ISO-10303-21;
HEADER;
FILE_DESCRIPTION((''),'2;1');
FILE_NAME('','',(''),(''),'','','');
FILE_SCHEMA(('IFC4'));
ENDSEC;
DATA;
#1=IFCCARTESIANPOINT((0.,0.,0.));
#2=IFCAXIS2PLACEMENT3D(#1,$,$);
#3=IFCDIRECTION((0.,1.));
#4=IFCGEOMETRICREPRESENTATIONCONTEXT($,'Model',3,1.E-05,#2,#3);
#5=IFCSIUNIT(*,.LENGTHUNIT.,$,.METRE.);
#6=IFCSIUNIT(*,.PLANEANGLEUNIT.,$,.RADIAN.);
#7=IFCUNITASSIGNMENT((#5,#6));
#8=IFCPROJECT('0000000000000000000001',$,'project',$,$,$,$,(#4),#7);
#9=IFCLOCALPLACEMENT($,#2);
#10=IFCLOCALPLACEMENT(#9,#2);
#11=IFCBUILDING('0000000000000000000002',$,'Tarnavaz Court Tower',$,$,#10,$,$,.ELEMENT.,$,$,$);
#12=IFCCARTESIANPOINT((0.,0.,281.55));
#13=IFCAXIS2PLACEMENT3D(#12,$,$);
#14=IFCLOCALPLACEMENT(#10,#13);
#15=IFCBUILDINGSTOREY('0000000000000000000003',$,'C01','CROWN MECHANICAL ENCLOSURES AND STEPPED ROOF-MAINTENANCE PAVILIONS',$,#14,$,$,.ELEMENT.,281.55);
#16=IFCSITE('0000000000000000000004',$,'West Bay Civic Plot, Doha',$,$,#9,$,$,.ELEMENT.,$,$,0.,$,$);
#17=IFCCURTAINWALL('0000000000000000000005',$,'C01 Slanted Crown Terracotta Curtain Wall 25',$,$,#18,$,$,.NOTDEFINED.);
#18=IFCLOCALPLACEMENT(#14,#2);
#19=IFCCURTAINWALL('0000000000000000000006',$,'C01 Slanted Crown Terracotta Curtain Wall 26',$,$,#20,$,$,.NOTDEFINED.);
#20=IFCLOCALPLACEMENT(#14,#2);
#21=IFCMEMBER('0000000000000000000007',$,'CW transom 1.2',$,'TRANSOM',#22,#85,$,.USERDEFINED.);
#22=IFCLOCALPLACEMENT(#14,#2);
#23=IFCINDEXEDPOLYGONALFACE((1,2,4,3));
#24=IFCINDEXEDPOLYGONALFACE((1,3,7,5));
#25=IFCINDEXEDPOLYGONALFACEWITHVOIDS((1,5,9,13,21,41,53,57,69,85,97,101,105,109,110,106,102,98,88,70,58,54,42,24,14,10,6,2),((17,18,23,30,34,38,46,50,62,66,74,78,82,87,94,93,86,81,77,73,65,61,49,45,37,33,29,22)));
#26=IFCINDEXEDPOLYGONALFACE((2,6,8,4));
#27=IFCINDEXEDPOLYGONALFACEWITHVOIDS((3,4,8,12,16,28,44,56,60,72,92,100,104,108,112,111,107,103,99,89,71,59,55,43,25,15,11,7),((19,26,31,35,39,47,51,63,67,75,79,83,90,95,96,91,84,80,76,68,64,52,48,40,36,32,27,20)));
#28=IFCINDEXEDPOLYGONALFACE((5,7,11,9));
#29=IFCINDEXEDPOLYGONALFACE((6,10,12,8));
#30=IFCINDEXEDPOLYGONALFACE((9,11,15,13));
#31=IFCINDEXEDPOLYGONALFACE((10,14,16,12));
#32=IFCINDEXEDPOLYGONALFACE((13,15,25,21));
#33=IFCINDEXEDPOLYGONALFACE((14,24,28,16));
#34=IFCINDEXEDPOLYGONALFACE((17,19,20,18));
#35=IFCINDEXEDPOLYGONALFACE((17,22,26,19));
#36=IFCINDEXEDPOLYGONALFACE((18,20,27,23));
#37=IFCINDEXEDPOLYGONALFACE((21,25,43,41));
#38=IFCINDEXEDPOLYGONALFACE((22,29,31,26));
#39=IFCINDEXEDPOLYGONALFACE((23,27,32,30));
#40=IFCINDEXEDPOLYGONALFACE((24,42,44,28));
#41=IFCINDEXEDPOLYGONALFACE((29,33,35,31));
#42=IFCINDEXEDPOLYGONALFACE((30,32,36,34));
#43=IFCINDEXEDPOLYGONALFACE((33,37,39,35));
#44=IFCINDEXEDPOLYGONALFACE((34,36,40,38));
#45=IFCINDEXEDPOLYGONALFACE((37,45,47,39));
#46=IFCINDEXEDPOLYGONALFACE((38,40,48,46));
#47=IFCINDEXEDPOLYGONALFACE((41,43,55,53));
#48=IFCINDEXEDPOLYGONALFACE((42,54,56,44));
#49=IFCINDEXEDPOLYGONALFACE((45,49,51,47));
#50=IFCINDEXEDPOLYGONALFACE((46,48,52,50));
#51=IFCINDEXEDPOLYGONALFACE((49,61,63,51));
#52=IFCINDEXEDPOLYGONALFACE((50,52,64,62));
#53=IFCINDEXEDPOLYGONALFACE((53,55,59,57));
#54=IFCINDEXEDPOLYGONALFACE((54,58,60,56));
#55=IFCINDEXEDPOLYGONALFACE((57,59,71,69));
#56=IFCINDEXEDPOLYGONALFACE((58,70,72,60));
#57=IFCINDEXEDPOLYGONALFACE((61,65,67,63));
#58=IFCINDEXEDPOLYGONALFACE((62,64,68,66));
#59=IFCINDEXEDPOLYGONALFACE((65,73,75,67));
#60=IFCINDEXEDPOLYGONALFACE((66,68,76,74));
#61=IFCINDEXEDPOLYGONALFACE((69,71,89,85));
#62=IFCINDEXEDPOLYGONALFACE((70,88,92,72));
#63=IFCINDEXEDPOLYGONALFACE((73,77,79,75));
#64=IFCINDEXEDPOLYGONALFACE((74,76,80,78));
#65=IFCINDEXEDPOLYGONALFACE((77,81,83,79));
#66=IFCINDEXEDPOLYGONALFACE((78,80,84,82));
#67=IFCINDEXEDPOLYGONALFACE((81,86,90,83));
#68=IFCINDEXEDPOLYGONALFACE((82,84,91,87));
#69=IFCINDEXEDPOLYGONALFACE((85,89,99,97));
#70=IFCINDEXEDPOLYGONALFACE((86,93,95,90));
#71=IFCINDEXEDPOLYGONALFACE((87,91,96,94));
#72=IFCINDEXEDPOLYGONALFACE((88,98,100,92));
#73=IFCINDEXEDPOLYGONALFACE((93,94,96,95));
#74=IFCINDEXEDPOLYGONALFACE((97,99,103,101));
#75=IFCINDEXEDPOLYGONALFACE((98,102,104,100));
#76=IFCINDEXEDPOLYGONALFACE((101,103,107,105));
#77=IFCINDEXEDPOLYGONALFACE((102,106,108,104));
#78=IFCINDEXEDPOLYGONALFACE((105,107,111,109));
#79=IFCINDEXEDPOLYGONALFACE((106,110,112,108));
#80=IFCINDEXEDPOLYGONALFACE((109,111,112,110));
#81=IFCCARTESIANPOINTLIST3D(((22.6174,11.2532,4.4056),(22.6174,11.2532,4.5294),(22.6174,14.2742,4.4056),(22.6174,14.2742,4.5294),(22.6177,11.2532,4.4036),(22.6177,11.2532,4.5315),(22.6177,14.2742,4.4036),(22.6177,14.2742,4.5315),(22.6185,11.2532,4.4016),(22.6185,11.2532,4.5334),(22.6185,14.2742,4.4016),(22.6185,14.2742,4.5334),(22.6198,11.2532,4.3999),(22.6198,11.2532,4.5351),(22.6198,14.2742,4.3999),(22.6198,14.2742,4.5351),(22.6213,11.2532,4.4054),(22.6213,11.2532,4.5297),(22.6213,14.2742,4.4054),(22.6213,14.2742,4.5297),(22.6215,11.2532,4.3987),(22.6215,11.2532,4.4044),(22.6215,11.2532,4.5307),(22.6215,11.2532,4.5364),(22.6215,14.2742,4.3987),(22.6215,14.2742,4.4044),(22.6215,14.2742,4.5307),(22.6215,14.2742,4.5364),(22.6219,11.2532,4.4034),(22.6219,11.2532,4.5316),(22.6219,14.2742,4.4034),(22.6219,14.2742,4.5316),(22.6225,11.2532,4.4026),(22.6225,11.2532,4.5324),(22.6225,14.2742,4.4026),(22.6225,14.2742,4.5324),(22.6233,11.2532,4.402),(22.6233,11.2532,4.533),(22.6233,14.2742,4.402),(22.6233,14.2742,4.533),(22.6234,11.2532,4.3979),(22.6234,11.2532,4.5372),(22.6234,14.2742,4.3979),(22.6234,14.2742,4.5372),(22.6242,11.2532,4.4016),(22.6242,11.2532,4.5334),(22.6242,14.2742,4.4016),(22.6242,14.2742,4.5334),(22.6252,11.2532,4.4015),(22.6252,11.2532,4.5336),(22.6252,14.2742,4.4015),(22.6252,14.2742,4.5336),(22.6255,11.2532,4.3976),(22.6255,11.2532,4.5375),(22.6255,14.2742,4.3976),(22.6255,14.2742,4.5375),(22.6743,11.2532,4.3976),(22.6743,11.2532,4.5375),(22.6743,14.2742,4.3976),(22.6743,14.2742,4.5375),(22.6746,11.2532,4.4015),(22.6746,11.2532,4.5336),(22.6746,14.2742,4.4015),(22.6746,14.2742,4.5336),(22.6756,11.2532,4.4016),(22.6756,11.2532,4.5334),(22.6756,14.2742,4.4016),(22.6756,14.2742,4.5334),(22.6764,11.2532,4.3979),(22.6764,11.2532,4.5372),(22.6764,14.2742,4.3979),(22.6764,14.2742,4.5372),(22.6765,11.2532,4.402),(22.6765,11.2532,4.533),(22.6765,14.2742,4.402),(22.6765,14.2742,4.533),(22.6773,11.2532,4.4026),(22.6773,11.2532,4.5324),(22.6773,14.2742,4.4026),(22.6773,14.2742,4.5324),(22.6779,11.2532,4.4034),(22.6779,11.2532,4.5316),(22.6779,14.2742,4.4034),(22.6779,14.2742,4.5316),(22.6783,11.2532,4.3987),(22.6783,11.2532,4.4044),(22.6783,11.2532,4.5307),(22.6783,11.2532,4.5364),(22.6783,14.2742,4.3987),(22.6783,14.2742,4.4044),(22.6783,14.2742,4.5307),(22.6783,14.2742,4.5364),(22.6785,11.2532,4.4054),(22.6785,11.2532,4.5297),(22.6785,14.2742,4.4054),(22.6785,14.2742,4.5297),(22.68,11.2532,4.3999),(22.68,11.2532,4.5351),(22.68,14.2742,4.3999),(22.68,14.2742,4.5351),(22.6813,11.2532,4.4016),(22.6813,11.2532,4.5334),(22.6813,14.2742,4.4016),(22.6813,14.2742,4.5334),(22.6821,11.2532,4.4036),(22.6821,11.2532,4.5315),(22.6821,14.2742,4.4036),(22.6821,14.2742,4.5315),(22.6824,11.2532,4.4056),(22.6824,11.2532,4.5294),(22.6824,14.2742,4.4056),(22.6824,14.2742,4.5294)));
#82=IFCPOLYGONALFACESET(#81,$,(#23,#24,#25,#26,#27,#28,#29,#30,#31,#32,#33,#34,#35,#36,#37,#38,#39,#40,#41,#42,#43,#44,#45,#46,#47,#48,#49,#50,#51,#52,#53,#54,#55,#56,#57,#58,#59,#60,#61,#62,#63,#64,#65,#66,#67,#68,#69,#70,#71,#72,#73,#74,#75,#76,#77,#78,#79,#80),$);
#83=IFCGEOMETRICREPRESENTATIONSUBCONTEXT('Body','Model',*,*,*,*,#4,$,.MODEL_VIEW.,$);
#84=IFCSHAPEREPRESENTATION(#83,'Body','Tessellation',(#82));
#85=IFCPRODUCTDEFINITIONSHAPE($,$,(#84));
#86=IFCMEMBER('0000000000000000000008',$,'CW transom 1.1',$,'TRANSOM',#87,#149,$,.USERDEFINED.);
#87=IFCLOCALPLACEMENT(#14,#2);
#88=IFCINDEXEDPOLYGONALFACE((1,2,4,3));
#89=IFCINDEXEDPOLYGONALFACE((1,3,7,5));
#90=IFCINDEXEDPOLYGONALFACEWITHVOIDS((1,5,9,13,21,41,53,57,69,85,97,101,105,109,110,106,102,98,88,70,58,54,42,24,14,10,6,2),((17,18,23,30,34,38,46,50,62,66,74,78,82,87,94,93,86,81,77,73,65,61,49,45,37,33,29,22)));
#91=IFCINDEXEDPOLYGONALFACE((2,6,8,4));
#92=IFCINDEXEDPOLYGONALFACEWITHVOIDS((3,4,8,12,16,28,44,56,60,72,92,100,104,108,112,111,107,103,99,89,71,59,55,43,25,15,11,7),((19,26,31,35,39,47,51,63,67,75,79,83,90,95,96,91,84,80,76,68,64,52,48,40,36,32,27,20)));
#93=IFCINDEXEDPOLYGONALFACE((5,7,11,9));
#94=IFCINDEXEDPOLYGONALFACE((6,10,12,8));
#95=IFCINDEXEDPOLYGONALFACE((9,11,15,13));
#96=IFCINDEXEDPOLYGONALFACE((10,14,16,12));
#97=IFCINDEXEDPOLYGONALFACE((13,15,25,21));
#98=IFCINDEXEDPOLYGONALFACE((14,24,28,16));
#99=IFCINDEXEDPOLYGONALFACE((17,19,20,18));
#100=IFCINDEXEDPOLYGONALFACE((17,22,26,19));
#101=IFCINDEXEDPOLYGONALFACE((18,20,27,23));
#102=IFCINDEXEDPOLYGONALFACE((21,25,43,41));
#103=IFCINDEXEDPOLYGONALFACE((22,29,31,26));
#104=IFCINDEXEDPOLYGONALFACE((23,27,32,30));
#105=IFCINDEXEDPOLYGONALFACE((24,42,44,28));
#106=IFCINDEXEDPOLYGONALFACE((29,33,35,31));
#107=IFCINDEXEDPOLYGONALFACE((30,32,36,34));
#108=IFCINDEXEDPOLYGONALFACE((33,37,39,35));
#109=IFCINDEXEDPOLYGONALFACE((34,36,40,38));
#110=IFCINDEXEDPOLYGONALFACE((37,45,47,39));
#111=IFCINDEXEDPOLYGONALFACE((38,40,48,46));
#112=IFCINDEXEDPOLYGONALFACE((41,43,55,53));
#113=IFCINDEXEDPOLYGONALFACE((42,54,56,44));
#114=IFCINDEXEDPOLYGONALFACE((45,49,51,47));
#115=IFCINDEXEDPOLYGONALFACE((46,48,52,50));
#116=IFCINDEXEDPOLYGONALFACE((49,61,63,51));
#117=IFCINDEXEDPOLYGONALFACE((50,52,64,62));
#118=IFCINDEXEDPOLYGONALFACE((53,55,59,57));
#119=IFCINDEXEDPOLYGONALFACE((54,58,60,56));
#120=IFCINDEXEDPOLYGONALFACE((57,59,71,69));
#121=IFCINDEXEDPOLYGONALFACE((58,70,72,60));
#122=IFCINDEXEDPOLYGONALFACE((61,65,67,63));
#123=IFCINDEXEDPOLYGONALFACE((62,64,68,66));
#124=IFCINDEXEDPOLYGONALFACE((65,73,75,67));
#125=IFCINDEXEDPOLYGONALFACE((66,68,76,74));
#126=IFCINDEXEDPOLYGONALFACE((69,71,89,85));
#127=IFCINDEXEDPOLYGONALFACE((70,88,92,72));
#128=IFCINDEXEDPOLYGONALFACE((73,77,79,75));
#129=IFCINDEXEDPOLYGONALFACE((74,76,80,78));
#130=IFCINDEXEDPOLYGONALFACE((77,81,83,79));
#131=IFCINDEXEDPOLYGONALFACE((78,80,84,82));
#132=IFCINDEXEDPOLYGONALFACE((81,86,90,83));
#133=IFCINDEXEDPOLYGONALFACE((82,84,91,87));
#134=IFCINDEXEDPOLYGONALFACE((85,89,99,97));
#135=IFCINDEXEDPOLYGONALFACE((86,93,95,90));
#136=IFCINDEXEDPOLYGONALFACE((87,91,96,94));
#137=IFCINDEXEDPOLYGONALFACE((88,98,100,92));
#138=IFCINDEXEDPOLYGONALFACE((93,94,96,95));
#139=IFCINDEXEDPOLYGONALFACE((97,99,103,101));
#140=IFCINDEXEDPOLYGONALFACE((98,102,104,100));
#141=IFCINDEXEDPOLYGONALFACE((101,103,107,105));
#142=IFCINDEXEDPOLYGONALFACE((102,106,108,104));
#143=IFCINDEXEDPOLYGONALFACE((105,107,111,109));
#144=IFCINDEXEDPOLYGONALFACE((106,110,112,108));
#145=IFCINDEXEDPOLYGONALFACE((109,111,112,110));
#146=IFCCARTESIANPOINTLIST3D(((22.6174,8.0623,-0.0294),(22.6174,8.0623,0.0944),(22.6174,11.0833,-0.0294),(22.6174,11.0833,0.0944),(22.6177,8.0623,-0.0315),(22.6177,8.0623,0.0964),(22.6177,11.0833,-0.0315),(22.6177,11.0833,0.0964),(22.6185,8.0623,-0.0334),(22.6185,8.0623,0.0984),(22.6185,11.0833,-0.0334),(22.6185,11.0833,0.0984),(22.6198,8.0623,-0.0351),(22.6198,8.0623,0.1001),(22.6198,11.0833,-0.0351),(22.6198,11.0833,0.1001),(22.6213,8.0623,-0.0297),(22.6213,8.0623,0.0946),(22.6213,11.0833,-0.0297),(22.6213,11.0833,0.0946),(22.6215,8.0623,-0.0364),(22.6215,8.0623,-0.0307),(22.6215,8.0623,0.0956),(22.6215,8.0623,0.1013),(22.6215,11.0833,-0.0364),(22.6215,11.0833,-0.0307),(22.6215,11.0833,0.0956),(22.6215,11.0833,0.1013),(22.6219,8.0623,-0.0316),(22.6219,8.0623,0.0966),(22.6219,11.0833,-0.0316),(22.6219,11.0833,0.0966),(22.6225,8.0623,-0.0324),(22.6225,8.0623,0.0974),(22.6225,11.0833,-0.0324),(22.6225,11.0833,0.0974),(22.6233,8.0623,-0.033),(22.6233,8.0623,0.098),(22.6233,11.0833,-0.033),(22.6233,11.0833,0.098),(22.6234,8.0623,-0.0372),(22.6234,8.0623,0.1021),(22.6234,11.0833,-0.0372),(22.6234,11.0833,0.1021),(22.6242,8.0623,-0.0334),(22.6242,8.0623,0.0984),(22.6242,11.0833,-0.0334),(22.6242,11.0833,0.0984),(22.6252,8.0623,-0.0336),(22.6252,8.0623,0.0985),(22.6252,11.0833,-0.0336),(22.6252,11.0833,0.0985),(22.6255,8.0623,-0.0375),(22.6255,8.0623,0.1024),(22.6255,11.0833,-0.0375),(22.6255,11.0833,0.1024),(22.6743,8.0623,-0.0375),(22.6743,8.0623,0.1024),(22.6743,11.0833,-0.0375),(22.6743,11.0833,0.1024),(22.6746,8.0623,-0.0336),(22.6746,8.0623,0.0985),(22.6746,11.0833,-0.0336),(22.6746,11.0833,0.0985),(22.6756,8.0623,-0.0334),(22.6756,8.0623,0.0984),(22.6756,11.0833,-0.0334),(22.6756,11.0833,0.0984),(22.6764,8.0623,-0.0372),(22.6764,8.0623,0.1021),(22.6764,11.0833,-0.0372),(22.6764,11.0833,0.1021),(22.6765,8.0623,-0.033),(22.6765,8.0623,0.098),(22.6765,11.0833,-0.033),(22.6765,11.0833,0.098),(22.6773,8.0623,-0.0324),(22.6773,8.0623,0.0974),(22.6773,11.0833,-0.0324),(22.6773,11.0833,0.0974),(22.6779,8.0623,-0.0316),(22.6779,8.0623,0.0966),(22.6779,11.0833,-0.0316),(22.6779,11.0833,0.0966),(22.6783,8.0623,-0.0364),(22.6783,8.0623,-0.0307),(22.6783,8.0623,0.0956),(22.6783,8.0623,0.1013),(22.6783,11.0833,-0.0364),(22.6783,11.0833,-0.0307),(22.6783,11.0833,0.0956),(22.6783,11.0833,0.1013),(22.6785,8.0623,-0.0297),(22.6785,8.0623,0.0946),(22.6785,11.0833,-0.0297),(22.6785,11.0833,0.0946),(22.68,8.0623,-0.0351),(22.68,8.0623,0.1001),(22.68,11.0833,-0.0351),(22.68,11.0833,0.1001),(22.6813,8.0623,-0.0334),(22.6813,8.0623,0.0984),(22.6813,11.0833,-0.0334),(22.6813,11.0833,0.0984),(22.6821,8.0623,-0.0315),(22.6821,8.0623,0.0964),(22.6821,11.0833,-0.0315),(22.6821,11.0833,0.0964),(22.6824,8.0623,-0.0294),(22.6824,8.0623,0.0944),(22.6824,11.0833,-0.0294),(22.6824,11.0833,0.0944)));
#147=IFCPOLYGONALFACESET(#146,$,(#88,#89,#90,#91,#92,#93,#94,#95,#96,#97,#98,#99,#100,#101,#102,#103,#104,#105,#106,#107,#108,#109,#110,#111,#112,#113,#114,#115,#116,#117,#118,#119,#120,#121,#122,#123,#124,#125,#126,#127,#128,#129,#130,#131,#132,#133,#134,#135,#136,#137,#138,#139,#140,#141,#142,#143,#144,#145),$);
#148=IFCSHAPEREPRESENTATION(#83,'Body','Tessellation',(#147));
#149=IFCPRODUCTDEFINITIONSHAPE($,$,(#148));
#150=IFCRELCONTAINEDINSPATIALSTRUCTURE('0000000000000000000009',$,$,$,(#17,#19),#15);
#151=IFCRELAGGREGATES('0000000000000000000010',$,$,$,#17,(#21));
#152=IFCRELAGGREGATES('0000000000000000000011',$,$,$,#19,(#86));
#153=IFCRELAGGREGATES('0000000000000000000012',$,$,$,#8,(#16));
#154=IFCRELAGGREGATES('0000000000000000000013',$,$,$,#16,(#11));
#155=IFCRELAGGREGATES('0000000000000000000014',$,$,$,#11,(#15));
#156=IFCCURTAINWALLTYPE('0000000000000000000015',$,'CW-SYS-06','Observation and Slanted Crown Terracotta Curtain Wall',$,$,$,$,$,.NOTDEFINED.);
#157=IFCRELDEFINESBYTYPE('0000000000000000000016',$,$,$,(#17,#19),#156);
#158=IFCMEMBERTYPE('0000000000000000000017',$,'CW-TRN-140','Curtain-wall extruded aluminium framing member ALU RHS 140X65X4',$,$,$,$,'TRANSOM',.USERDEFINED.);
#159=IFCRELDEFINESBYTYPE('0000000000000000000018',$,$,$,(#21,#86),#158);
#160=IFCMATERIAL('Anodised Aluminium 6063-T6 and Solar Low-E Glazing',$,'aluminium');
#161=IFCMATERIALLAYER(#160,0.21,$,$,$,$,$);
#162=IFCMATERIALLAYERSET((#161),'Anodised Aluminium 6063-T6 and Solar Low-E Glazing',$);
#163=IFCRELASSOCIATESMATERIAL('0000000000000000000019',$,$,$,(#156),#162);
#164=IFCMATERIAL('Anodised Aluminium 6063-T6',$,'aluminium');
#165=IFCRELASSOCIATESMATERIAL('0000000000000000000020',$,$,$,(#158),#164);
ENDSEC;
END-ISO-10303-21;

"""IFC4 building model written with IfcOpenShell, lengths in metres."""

from ifc_helpers import new_model, si_unit, direction, frame, origin, origin_2d, place, context, subcontext, project, spatial, hollow_rectangle, extrude, material, layer, layer_set, material_profile, profile_set, type_object, element, aggregate, save


model = new_model("IFC4")

# Units and contexts
model_context = context("Model", 3, precision=1e-05, world=origin(), true_north=direction((0.0, 1.0)))
body_context = subcontext(model_context, "Body", "Model", "MODEL_VIEW")
ifc_project = project(units=[si_unit("LENGTHUNIT", "METRE"), si_unit("PLANEANGLEUNIT", "RADIAN")], contexts=[model_context])

# Site, building, storey
site_placement = place(None, origin())
site = spatial("IfcSite", under=ifc_project, at=site_placement, Name="West Bay Civic Plot, Doha", CompositionType="ELEMENT", RefElevation=0.0)
building_placement = place(site_placement, origin())
building = spatial("IfcBuilding", under=site, at=building_placement, Name="Tarnavaz Court Tower", CompositionType="ELEMENT")
storey_placement = place(building_placement, frame((0.0, 0.0, 281.55)))
storey = spatial("IfcBuildingStorey", under=building, at=storey_placement, Name="C01", Description="CROWN MECHANICAL ENCLOSURES AND STEPPED ROOF-MAINTENANCE PAVILIONS", CompositionType="ELEMENT", Elevation=281.55)

# Shared definitions
ifc_material_1 = material(Name="Anodised Aluminium 6063-T6 and Solar Low-E Glazing", Category="aluminium")
ifc_layer_1 = layer(ifc_material_1, 0.21)
ifc_layer_set_1 = layer_set([ifc_layer_1], Name="Anodised Aluminium 6063-T6 and Solar Low-E Glazing")
curtain_wall_type = type_object("IfcCurtainWallType", Name="CW-SYS-06", Description="Observation and Slanted Crown Terracotta Curtain Wall", PredefinedType="NOTDEFINED", material=ifc_layer_set_1)
ifc_material_2 = material(Name="Anodised Aluminium 6063-T6", Category="aluminium")

# Curtain walls
curtain_wall_1_placement = place(storey_placement, origin())
curtain_wall_1 = element("IfcCurtainWall", 1, at=curtain_wall_1_placement, inside=storey, type_object=curtain_wall_type, Name="C01 Slanted Crown Terracotta Curtain Wall 25", PredefinedType="NOTDEFINED")
curtain_wall_2_placement = place(storey_placement, origin())
curtain_wall_2 = element("IfcCurtainWall", 2, at=curtain_wall_2_placement, inside=storey, type_object=curtain_wall_type, Name="C01 Slanted Crown Terracotta Curtain Wall 26", PredefinedType="NOTDEFINED")

# Members
ifc_material_profile_1 = material_profile(ifc_material_2, hollow_rectangle(XDim=0.0649, YDim=0.1399, WallThickness=0.0039, InnerFilletRadius=0.0039, OuterFilletRadius=0.0081, at=origin_2d()), Name="ALU RHS 140X65X4")
ifc_profile_set_1 = profile_set([ifc_material_profile_1], Name="Anodised Aluminium 6063-T6")
member_type_1 = type_object("IfcMemberType", Name="CW-TRN-140", Description="Curtain-wall extruded aluminium framing member ALU RHS 140X65X4", ElementType="TRANSOM", PredefinedType="USERDEFINED", material=ifc_profile_set_1)
member_1_placement = place(storey_placement, frame((22.6499, 14.2742, 4.4675), z_axis=(0.0, -1.0, 0.0), x_axis=(1.0, 0.0, 0.0)))
member_1 = element("IfcMember", 3, at=member_1_placement, type_object=member_type_1, Name="CW transom 1.2", ObjectType="TRANSOM", PredefinedType="USERDEFINED", context=body_context, shape_type="SweptSolid", body=[
    extrude(hollow_rectangle(XDim=0.0649, YDim=0.1399, WallThickness=0.0039, InnerFilletRadius=0.0039, OuterFilletRadius=0.0081, at=origin_2d()), origin(), (0.0, 0.0, 1.0), 3.021),
])
member_2_placement = place(storey_placement, frame((22.6499, 11.0833, 0.0325), z_axis=(0.0, -1.0, 0.0), x_axis=(1.0, 0.0, 0.0)))
member_2 = element("IfcMember", 4, at=member_2_placement, type_object=member_type_1, Name="CW transom 1.1", ObjectType="TRANSOM", PredefinedType="USERDEFINED", context=body_context, shape_type="SweptSolid", body=[
    extrude(hollow_rectangle(XDim=0.0649, YDim=0.1399, WallThickness=0.0039, InnerFilletRadius=0.0039, OuterFilletRadius=0.0081, at=origin_2d()), origin(), (0.0, 0.0, 1.0), 3.021),
])

aggregate(curtain_wall_1, [member_1])
aggregate(curtain_wall_2, [member_2])

save(model, "model.ifc")
